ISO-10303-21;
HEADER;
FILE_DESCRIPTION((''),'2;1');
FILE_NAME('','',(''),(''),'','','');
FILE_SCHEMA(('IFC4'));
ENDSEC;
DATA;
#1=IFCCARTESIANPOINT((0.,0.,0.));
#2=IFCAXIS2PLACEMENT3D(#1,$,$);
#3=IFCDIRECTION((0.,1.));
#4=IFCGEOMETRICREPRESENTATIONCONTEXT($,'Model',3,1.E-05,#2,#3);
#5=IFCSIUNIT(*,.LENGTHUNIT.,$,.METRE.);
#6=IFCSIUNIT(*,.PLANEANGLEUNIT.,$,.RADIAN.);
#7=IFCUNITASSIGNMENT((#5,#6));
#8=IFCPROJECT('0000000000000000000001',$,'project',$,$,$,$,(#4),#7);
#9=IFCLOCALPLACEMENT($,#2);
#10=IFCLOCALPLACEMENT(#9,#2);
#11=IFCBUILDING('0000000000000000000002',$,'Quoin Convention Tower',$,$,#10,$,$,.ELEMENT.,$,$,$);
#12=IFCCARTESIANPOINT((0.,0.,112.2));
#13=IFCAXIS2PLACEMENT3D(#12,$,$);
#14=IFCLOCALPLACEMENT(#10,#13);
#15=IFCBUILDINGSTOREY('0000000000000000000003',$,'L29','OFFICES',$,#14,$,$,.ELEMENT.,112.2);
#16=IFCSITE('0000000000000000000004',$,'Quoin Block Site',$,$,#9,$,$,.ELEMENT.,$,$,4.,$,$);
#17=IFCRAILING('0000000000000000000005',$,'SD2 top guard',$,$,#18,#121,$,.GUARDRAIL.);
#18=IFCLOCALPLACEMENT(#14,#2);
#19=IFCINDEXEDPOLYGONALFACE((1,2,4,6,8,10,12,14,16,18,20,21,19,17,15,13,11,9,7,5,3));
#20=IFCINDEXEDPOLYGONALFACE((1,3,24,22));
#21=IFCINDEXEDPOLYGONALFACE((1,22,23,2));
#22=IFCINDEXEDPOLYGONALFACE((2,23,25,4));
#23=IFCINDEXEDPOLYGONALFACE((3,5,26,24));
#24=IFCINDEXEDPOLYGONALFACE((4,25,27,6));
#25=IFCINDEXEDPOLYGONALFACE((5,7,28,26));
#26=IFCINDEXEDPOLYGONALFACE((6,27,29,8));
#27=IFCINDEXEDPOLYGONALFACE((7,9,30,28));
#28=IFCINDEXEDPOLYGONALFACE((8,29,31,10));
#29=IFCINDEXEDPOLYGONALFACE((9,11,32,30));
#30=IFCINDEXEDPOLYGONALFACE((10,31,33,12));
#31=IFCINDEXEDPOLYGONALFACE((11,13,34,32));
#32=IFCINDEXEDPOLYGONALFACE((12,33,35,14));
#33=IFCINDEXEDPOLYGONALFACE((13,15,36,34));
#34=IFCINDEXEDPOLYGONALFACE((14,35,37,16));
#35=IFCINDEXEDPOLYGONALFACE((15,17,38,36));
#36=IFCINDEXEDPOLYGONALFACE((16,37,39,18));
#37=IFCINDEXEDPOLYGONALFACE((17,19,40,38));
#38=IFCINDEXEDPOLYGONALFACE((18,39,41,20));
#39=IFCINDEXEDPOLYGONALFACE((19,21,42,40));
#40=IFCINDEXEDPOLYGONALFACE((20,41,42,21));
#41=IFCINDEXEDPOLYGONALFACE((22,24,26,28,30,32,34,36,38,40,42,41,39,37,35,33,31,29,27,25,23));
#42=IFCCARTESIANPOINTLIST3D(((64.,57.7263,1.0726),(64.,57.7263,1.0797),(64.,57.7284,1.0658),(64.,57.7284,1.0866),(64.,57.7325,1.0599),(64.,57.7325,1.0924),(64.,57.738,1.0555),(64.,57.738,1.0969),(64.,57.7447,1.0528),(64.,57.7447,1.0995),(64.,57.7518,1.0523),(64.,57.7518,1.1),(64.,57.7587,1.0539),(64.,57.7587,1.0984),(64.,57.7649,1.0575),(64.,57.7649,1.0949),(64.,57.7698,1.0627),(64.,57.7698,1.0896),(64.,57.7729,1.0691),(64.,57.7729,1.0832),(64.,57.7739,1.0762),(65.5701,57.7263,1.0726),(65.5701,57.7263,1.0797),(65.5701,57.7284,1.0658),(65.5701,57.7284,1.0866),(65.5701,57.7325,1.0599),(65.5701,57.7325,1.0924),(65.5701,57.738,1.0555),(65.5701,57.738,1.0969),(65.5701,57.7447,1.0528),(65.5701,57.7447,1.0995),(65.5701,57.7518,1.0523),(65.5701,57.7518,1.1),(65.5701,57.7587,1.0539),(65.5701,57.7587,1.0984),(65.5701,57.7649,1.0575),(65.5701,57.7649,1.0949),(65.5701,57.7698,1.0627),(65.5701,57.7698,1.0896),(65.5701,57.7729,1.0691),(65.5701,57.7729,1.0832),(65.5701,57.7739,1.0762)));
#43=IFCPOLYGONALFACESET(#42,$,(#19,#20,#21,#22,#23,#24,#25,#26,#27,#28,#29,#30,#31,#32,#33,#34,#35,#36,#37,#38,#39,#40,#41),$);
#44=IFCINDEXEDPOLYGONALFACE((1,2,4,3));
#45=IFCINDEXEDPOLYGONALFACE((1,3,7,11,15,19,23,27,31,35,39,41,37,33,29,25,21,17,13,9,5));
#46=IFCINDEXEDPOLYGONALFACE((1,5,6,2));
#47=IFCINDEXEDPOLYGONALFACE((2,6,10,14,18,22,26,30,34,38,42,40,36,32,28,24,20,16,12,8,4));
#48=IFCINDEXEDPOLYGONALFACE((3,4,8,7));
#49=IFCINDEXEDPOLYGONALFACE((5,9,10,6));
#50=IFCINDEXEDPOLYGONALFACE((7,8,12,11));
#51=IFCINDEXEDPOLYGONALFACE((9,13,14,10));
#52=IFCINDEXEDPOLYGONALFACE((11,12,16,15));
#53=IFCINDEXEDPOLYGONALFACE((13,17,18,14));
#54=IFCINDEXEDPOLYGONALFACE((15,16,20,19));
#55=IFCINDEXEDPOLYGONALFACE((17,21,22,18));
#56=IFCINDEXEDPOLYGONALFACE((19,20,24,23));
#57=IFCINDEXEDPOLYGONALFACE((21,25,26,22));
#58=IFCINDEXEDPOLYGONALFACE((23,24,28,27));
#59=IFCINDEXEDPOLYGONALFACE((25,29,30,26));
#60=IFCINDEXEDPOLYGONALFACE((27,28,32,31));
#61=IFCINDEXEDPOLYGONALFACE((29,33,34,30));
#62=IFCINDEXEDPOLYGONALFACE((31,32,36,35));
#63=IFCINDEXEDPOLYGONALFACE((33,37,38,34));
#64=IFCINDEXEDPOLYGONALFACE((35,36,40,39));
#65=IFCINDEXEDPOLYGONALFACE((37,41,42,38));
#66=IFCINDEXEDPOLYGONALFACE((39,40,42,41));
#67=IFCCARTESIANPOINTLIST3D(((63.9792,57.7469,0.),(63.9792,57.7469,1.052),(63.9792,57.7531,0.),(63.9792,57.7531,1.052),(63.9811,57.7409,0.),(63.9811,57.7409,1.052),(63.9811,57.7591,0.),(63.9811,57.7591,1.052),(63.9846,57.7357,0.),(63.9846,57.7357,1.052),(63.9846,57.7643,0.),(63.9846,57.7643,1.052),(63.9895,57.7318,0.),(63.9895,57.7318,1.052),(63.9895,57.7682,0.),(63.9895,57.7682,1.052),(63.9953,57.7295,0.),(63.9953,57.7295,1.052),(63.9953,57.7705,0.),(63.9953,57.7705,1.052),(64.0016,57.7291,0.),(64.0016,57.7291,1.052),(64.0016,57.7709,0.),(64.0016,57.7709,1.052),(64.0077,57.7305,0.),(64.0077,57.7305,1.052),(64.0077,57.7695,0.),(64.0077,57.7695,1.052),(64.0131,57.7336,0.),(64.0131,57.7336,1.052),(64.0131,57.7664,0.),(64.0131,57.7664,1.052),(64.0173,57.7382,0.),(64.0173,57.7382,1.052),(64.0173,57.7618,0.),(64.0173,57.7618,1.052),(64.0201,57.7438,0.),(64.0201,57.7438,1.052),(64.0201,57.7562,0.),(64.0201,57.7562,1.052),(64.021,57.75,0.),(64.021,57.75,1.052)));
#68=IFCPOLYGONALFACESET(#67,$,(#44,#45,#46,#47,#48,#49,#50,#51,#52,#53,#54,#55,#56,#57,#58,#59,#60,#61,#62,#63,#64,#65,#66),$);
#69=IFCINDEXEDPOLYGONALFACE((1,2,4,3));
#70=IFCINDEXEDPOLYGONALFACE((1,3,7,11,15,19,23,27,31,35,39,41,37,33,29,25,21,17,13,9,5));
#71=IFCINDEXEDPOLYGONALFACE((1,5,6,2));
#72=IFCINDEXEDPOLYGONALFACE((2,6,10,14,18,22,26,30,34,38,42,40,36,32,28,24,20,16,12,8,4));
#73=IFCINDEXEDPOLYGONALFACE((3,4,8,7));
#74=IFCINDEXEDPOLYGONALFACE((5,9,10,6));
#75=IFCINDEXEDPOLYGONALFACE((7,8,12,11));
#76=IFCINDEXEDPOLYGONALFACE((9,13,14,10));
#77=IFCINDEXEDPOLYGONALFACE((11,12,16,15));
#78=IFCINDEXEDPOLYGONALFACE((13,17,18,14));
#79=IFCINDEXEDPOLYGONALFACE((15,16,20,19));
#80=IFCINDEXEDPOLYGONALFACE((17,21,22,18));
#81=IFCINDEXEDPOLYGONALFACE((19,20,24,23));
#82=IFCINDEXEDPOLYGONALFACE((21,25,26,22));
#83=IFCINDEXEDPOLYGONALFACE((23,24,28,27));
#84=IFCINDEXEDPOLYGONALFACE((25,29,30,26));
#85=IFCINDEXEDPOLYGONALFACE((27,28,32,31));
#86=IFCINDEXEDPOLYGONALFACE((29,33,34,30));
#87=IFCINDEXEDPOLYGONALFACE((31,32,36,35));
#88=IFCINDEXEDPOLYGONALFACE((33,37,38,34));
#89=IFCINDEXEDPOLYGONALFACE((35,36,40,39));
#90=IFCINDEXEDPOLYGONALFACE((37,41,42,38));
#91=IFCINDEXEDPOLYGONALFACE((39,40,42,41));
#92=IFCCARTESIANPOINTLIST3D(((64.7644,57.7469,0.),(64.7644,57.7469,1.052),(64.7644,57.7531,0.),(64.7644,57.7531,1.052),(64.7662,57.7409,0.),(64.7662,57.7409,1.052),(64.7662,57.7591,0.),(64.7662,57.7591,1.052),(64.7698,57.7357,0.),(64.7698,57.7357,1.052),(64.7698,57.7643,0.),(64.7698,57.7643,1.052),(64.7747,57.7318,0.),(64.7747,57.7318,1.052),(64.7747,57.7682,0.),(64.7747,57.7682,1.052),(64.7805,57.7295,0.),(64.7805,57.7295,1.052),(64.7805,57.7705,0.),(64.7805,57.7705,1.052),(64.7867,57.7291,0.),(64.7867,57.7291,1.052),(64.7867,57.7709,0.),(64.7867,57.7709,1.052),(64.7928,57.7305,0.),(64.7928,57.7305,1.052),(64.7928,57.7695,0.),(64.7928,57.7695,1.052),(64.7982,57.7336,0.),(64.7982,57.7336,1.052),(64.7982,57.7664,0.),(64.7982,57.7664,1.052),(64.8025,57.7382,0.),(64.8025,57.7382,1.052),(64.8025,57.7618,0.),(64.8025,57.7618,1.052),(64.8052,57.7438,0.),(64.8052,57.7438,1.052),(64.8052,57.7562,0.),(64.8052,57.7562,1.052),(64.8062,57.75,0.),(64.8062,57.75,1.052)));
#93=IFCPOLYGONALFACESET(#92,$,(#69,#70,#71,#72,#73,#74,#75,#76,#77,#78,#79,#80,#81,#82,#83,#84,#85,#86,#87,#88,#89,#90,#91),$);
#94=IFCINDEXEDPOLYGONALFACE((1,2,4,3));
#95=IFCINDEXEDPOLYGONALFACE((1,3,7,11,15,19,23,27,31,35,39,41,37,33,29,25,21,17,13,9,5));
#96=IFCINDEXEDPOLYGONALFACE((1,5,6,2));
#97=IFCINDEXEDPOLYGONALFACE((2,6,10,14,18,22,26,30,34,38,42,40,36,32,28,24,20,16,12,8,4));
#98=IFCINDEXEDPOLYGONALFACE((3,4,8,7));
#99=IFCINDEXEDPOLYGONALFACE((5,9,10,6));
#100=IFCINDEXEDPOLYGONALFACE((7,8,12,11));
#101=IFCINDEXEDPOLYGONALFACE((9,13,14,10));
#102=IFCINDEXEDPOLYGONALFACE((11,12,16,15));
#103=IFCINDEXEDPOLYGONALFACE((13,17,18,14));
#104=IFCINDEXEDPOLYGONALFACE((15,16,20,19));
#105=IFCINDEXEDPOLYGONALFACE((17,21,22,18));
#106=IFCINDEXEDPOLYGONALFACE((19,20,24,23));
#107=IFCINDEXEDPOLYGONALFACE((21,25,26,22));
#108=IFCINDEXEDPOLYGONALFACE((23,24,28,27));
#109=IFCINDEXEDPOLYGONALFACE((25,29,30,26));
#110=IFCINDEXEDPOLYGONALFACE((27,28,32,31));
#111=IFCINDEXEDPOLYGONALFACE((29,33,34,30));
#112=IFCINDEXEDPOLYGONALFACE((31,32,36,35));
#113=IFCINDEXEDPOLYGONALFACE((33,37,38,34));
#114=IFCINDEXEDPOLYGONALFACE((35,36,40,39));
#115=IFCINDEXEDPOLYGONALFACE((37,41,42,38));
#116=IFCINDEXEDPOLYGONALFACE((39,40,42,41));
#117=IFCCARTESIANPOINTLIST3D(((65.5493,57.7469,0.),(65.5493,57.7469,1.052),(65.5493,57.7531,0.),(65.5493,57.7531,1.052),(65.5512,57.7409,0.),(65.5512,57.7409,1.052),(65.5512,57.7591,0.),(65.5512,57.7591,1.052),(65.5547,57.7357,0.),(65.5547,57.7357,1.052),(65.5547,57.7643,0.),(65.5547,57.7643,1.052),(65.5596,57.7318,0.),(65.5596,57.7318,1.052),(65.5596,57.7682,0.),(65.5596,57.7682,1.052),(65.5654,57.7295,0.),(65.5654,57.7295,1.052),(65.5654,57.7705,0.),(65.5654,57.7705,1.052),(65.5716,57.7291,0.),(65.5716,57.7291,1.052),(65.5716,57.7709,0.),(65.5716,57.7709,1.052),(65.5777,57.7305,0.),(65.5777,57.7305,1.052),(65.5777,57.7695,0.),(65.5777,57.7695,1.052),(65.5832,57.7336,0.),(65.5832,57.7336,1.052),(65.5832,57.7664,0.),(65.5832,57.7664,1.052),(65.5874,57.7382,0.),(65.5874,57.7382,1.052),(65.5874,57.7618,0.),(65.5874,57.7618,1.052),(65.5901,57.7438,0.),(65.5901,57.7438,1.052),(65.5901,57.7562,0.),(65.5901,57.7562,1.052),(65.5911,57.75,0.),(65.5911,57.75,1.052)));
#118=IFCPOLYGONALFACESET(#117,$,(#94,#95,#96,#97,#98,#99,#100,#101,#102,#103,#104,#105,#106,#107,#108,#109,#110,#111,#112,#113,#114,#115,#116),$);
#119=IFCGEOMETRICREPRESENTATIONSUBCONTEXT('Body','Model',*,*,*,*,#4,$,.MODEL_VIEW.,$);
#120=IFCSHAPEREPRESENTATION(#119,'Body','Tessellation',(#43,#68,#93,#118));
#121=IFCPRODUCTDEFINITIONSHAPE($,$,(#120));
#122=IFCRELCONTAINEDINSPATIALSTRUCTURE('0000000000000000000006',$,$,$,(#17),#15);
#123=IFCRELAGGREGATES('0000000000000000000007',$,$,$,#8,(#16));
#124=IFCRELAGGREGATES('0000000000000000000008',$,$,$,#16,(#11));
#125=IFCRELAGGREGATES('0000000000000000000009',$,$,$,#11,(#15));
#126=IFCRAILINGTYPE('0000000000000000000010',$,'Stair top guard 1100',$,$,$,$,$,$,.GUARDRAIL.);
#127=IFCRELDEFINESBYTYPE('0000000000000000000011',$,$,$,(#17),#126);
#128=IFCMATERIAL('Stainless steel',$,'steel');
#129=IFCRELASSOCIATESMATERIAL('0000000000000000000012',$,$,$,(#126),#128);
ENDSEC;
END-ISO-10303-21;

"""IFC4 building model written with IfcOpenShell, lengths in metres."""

from ifc_helpers import new_model, si_unit, direction, frame, origin, origin_2d, place, context, subcontext, project, spatial, circle, extrude, material, type_object, element, save


model = new_model("IFC4")

# Units and contexts
model_context = context("Model", 3, precision=1e-05, world=origin(), true_north=direction((0.0, 1.0)))
body_context = subcontext(model_context, "Body", "Model", "MODEL_VIEW")
ifc_project = project(units=[si_unit("LENGTHUNIT", "METRE"), si_unit("PLANEANGLEUNIT", "RADIAN")], contexts=[model_context])

# Site, building, storey
site_placement = place(None, origin())
site = spatial("IfcSite", under=ifc_project, at=site_placement, Name="Quoin Block Site", CompositionType="ELEMENT", RefElevation=4.0)
building_placement = place(site_placement, origin())
building = spatial("IfcBuilding", under=site, at=building_placement, Name="Quoin Convention Tower", CompositionType="ELEMENT")
storey_placement = place(building_placement, frame((0.0, 0.0, 112.2)))
storey = spatial("IfcBuildingStorey", under=building, at=storey_placement, Name="L29", Description="OFFICES", CompositionType="ELEMENT", Elevation=112.2)

# Railing
ifc_material_1 = material(Name="Stainless steel", Category="steel")
railing_type_1 = type_object("IfcRailingType", Name="Stair top guard 1100", PredefinedType="GUARDRAIL", material=ifc_material_1)
railing_1_placement = place(storey_placement, frame((64.0, 57.75, 0.0)))
element("IfcRailing", 1, at=railing_1_placement, inside=storey, type_object=railing_type_1, Name="SD2 top guard", PredefinedType="GUARDRAIL", context=body_context, shape_type="SweptSolid", body=[
    extrude(circle(Radius=0.0239, at=origin_2d()), frame((0.0, 0.0, 1.0762), z_axis=(1.0, 0.0, 0.0), x_axis=(0.0, 1.0, 0.0)), (0.0, 0.0, 1.0), 1.5701),
    extrude(circle(Radius=0.021, at=origin_2d()), origin(), (0.0, 0.0, 1.0), 1.052),
    extrude(circle(Radius=0.021, at=origin_2d()), frame((0.7852, 0.0, 0.0)), (0.0, 0.0, 1.0), 1.052),
    extrude(circle(Radius=0.021, at=origin_2d()), frame((1.5701, 0.0, 0.0)), (0.0, 0.0, 1.0), 1.052),
])

save(model, "model.ifc")
